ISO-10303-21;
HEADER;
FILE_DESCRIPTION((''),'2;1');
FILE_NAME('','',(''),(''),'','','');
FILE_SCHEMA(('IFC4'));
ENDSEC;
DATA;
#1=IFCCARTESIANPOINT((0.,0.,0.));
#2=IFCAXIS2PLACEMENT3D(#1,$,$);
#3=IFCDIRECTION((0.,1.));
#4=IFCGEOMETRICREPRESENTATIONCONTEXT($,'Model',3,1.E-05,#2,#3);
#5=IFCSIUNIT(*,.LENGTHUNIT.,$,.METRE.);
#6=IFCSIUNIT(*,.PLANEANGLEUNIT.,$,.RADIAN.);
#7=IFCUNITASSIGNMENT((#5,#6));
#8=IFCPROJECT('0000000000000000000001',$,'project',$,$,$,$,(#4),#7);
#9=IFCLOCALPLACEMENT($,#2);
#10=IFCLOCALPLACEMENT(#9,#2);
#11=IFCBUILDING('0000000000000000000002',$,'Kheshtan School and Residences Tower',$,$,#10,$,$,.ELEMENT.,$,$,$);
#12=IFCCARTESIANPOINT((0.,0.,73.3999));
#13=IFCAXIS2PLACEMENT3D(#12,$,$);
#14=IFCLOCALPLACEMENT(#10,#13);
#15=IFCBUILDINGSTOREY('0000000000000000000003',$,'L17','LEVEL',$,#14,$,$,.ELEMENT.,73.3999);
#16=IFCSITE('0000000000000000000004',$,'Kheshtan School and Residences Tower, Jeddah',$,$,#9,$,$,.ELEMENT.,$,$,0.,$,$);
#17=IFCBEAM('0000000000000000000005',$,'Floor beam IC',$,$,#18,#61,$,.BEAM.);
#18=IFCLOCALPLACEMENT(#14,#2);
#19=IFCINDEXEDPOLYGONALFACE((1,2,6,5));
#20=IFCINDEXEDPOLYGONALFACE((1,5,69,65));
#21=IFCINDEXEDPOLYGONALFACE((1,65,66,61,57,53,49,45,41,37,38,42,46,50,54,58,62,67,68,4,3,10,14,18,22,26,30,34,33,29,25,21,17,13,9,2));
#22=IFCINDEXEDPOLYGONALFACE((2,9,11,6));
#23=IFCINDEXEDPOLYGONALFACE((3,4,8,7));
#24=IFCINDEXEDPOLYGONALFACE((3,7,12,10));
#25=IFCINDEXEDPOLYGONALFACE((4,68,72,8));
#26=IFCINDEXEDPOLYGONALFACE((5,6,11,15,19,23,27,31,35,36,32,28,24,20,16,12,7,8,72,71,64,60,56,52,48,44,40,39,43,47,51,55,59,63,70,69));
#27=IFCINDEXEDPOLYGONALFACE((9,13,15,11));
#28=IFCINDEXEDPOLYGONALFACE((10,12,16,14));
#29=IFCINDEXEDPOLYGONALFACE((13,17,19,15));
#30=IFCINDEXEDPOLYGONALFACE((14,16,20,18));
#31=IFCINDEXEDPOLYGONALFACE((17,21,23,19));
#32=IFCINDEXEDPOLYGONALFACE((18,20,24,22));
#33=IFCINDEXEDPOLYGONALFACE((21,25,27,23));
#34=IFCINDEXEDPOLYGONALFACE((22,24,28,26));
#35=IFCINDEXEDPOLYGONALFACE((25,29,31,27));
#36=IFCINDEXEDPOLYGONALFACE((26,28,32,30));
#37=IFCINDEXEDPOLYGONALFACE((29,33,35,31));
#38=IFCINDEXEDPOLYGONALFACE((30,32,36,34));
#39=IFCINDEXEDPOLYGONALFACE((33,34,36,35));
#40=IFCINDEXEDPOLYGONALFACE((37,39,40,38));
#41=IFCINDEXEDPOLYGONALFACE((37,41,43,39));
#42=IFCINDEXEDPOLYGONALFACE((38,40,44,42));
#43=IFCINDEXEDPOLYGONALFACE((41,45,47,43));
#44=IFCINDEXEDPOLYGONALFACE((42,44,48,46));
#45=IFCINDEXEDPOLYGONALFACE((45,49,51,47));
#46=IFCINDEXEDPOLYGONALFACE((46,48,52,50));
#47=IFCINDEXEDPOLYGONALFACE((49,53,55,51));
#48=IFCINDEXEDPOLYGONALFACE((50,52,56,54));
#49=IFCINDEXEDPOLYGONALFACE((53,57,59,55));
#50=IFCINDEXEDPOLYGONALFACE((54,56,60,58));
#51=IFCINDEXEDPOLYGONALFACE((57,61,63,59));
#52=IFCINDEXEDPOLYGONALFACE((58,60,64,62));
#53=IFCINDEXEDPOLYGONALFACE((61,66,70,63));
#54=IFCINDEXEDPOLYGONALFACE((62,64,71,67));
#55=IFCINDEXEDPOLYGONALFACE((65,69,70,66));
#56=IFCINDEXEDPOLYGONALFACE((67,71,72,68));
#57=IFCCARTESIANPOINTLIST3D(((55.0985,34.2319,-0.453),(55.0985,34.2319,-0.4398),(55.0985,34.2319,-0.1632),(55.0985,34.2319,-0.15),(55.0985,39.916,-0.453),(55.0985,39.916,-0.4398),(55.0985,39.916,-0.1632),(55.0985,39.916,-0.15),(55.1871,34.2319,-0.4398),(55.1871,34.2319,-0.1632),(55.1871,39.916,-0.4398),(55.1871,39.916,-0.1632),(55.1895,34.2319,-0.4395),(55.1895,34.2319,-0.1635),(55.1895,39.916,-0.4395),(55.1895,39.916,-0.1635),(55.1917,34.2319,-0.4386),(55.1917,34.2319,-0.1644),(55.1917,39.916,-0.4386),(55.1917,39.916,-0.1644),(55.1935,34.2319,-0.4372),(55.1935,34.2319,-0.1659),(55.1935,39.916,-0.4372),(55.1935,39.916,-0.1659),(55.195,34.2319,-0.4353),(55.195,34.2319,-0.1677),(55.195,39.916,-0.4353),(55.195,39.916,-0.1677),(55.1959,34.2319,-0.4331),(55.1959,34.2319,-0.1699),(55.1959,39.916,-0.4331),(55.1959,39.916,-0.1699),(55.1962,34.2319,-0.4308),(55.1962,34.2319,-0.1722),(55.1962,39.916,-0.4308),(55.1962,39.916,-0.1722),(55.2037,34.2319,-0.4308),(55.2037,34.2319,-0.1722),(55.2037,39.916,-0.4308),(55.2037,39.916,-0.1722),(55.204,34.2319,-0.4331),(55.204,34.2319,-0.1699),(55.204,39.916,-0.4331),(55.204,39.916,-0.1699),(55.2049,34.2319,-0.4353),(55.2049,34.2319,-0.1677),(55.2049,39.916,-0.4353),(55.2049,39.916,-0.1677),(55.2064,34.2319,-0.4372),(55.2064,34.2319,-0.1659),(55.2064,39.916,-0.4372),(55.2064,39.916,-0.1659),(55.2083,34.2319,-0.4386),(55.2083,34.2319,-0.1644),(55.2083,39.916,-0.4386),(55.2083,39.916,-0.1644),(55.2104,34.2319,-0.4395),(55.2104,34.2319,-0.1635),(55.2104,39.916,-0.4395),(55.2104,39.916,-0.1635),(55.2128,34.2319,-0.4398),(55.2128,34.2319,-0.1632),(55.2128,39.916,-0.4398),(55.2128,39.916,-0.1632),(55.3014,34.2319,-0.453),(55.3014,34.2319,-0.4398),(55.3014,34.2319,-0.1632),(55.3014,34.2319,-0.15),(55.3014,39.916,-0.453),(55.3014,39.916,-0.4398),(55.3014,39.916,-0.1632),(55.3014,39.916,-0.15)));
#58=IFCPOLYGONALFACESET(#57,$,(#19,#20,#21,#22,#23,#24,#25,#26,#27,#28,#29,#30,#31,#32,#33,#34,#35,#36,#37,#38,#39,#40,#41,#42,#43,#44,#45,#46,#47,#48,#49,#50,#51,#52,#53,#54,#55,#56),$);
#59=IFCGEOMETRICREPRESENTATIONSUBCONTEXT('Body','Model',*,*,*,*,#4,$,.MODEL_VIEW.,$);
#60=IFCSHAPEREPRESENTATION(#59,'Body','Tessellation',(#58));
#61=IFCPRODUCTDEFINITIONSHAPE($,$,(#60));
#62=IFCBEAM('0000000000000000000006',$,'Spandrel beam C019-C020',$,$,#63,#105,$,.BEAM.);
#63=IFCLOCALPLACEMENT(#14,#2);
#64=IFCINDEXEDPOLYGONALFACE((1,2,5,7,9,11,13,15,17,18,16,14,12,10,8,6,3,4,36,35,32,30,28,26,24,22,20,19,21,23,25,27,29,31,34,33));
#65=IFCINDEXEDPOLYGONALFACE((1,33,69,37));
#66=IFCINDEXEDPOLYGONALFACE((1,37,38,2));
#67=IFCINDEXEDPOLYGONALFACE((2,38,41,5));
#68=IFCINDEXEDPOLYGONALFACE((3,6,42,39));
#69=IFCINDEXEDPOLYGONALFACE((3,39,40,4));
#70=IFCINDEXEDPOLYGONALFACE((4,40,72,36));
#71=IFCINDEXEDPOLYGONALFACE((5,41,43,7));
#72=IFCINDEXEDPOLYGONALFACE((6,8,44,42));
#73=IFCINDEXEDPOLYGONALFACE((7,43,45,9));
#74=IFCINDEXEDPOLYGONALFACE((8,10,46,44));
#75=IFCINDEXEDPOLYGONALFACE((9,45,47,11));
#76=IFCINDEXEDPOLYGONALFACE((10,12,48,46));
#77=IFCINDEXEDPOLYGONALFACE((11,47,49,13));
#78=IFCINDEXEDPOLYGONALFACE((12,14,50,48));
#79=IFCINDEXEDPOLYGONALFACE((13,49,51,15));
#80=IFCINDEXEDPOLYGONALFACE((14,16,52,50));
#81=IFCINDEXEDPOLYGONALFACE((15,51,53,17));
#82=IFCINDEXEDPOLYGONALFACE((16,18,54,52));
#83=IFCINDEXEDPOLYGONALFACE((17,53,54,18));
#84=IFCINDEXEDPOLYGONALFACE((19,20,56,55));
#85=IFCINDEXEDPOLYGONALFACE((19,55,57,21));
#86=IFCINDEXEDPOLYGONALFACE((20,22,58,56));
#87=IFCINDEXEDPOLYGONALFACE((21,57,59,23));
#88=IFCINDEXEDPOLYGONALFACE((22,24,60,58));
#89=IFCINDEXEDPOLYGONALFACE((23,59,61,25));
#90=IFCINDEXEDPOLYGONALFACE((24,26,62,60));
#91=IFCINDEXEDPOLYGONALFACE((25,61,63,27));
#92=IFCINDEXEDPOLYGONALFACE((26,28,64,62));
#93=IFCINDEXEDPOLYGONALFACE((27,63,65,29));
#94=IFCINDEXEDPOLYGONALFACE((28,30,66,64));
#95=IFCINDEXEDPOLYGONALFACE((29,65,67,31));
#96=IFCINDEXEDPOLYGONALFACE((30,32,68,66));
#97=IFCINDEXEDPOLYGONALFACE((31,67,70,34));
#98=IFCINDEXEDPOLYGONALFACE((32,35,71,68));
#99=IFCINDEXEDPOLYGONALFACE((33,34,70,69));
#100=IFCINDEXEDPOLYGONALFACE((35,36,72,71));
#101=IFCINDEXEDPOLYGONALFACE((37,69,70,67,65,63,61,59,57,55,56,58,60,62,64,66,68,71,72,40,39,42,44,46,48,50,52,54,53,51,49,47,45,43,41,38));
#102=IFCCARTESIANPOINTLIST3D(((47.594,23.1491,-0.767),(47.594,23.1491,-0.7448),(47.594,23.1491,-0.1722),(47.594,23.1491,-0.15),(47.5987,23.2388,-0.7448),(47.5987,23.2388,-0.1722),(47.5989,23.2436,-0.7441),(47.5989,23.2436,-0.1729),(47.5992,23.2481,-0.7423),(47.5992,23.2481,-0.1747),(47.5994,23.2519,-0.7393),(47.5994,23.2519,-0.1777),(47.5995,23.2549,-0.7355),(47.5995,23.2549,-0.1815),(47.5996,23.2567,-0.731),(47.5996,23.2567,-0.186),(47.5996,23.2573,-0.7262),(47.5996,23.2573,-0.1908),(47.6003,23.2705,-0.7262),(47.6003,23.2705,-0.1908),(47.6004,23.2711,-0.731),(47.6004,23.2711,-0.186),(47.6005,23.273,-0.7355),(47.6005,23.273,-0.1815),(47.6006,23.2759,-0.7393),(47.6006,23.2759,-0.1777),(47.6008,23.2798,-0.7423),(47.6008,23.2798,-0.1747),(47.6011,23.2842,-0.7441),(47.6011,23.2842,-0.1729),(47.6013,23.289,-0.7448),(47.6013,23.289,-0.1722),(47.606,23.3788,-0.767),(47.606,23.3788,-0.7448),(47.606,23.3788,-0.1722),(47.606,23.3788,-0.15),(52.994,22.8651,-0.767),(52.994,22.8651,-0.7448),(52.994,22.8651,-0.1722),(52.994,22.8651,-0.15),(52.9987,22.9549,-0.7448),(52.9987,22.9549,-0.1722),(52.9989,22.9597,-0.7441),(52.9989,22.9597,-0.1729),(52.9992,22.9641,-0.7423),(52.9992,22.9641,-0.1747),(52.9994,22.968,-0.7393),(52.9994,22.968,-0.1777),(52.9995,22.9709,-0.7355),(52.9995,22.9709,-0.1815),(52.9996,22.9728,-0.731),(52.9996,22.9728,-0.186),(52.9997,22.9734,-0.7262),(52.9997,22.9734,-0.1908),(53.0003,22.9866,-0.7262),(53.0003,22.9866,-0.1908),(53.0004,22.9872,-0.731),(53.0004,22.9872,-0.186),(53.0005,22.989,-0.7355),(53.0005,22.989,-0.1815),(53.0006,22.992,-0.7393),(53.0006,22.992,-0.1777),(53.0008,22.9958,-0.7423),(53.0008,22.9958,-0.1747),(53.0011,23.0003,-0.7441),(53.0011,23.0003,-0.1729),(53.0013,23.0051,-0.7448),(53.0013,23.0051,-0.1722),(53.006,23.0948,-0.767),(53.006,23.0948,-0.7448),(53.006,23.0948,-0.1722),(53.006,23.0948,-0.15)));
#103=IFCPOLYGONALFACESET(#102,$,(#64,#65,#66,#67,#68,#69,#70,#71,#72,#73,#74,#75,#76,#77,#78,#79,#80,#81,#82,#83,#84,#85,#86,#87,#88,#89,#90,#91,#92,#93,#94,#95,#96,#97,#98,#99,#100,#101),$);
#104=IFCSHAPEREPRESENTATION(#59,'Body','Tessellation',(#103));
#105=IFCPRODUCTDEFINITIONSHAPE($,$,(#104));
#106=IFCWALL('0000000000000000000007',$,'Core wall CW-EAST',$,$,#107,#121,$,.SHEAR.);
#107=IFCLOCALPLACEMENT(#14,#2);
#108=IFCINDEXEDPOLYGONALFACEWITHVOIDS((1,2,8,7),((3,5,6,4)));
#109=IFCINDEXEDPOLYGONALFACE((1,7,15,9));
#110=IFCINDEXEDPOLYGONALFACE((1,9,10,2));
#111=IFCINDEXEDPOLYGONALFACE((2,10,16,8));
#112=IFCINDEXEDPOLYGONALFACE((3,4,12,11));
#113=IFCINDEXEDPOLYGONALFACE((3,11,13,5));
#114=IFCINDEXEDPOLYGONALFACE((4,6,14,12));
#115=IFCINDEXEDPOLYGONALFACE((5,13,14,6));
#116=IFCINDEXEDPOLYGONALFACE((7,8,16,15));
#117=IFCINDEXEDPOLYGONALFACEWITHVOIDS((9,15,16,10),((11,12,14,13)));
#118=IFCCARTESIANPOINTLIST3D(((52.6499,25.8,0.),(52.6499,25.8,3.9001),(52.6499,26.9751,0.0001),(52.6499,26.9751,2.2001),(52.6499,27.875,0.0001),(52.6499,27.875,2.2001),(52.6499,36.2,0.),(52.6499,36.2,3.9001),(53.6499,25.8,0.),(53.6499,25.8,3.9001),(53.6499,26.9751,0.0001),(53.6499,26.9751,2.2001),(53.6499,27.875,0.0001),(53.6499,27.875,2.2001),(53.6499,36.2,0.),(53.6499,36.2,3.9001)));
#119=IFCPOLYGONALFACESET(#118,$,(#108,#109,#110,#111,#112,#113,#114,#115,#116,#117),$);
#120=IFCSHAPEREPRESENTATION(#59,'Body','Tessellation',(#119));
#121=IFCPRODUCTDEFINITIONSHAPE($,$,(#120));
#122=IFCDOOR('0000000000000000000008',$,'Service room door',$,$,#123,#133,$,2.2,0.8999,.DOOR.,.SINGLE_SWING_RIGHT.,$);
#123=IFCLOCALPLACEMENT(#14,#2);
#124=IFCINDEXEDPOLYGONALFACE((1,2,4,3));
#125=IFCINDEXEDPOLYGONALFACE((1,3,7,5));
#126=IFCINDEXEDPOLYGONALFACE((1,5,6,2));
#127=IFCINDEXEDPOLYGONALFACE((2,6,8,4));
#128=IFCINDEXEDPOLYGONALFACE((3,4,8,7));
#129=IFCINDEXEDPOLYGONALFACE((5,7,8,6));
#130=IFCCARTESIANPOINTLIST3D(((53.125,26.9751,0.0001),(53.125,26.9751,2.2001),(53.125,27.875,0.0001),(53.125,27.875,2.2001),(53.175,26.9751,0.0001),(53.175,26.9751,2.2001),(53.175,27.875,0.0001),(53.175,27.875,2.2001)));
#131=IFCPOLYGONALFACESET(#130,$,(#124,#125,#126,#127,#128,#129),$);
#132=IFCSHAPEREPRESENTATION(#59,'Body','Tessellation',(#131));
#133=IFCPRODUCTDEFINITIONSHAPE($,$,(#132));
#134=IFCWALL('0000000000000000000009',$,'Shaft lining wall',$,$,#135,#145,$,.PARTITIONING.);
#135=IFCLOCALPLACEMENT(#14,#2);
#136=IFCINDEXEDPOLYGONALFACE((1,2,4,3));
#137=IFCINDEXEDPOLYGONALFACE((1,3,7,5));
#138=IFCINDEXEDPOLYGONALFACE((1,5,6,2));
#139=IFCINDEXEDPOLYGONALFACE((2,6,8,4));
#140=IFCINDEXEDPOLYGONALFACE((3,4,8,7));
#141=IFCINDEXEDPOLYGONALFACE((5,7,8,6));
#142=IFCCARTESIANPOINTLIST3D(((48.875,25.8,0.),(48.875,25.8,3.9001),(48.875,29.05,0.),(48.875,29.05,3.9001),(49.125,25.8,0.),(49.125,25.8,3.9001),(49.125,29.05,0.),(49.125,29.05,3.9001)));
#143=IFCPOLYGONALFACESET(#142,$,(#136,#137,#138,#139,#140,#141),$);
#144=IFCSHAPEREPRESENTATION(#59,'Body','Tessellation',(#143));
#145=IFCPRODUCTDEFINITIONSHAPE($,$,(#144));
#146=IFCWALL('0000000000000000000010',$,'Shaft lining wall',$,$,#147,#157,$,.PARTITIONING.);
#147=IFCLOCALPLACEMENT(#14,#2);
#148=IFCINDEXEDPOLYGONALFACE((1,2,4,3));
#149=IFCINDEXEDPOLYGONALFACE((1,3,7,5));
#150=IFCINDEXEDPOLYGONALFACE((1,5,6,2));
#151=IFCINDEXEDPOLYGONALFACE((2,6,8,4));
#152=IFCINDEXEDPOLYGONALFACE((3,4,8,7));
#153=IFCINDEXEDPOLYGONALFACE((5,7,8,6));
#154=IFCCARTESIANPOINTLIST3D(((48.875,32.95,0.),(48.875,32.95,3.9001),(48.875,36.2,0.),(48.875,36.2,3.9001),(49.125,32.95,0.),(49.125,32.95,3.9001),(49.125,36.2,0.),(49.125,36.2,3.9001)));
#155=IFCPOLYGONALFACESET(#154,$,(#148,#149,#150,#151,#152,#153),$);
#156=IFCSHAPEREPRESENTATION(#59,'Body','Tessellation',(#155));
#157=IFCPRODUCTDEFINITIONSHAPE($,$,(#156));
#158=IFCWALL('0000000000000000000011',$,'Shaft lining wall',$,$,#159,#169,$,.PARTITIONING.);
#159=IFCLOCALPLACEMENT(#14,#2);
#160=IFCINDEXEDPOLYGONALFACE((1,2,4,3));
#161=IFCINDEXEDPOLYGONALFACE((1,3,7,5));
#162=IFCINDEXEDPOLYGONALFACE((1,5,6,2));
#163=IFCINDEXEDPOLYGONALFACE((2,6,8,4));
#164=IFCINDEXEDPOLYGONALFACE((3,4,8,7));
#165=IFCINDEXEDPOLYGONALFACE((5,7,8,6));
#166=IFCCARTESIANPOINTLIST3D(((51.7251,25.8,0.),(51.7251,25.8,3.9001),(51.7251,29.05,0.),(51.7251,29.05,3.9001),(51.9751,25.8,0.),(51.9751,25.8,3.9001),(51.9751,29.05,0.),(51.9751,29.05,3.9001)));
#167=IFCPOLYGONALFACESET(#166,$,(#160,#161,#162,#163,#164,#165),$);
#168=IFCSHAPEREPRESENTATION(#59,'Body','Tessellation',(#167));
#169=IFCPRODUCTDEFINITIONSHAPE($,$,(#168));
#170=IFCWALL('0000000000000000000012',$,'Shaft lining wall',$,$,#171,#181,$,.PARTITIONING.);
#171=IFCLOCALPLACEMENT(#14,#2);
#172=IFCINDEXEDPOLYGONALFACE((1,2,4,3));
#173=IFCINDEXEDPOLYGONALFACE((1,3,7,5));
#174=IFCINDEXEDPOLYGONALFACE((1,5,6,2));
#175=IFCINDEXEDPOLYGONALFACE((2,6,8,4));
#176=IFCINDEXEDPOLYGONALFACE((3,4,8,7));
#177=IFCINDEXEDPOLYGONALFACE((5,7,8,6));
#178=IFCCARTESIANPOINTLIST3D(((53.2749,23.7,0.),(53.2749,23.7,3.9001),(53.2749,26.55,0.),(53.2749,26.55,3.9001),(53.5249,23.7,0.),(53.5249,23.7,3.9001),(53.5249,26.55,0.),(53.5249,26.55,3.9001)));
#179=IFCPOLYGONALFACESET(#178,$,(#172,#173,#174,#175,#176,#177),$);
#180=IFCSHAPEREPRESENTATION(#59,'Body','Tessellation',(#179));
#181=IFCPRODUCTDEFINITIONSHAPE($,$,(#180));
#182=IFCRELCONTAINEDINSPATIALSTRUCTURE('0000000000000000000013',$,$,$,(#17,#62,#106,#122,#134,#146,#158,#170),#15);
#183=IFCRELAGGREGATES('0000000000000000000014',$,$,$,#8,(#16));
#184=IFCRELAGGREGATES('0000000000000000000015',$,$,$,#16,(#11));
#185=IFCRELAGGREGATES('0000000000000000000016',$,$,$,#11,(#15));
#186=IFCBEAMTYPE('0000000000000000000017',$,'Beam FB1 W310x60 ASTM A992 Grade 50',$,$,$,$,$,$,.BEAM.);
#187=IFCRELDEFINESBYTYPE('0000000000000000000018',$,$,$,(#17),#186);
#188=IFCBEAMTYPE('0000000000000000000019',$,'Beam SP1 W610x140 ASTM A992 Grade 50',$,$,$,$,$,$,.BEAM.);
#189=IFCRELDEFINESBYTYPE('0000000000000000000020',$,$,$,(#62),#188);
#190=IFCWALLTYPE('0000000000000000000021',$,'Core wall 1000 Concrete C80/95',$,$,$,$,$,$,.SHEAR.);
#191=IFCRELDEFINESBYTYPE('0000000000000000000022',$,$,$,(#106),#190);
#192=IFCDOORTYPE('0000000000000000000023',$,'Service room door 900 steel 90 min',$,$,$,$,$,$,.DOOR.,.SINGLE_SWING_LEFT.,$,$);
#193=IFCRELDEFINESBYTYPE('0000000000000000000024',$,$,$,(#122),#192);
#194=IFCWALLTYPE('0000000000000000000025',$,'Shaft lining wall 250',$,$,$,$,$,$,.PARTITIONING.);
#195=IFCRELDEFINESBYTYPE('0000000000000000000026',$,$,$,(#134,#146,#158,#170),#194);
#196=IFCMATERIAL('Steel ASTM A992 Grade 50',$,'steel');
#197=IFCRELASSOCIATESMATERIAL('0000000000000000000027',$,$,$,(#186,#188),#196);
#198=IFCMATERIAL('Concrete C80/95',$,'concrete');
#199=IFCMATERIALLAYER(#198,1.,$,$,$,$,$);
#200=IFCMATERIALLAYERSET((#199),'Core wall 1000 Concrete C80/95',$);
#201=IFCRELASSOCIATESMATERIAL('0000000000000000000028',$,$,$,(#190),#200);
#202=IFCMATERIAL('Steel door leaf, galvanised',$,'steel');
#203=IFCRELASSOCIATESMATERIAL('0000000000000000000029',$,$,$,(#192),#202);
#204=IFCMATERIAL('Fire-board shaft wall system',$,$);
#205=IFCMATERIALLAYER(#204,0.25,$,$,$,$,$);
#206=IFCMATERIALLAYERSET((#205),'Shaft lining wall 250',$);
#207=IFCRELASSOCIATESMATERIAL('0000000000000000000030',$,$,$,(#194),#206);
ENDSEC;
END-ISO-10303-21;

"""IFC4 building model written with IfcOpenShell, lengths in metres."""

from ifc_helpers import new_model, si_unit, direction, frame, frame_2d, origin, origin_2d, place, context, subcontext, project, spatial, rectangle, i_section, extrude, source, transform, mapped, material, layer, layer_set, material_profile, profile_set, type_object, element, fill, save


model = new_model("IFC4")

# Units and contexts
model_context = context("Model", 3, precision=1e-05, world=origin(), true_north=direction((0.0, 1.0)))
body_context = subcontext(model_context, "Body", "Model", "MODEL_VIEW")
ifc_project = project(units=[si_unit("LENGTHUNIT", "METRE"), si_unit("PLANEANGLEUNIT", "RADIAN")], contexts=[model_context])

# Site, building, storey
site_placement = place(None, origin())
site = spatial("IfcSite", under=ifc_project, at=site_placement, Name="Kheshtan School and Residences Tower, Jeddah", CompositionType="ELEMENT", RefElevation=0.0)
building_placement = place(site_placement, origin())
building = spatial("IfcBuilding", under=site, at=building_placement, Name="Kheshtan School and Residences Tower", CompositionType="ELEMENT")
storey_placement = place(building_placement, frame((0.0, 0.0, 73.3999)))
storey = spatial("IfcBuildingStorey", under=building, at=storey_placement, Name="L17", Description="LEVEL", CompositionType="ELEMENT", Elevation=73.3999)

# Shared definitions
ifc_material_1 = material(Name="Steel ASTM A992 Grade 50", Category="steel")

# Beams
ifc_material_profile_1 = material_profile(ifc_material_1, i_section(OverallWidth=0.2029, OverallDepth=0.303, WebThickness=0.0076, FlangeThickness=0.0132, FilletRadius=0.009, at=origin_2d()), Name="W310x60")
ifc_profile_set_1 = profile_set([ifc_material_profile_1], Name="Steel ASTM A992 Grade 50")
beam_type_1 = type_object("IfcBeamType", Name="Beam FB1 W310x60 ASTM A992 Grade 50", PredefinedType="BEAM", material=ifc_profile_set_1)
beam_1_placement = place(storey_placement, frame((55.2, 34.2319, -0.3015), z_axis=(0.0, 1.0, 0.0), x_axis=(-1.0, 0.0, 0.0)))
element("IfcBeam", 1, at=beam_1_placement, inside=storey, type_object=beam_type_1, Name="Floor beam IC", PredefinedType="BEAM", context=body_context, shape_type="SweptSolid", body=[
    extrude(i_section(OverallWidth=0.2029, OverallDepth=0.303, WebThickness=0.0076, FlangeThickness=0.0132, FilletRadius=0.009, at=origin_2d()), origin(), (0.0, 0.0, 1.0), 5.6841),
])
ifc_material_profile_2 = material_profile(ifc_material_1, i_section(OverallWidth=0.23, OverallDepth=0.6169, WebThickness=0.0132, FlangeThickness=0.0222, FilletRadius=0.0186, at=origin_2d()), Name="W610x140")
ifc_profile_set_2 = profile_set([ifc_material_profile_2], Name="Steel ASTM A992 Grade 50")
beam_type_2 = type_object("IfcBeamType", Name="Beam SP1 W610x140 ASTM A992 Grade 50", PredefinedType="BEAM", material=ifc_profile_set_2)
beam_2_placement = place(storey_placement, frame((53.0, 22.98, -0.4585), z_axis=(-0.99862, 0.052509, 0.0), x_axis=(-0.052509, -0.99862, 0.0)))
element("IfcBeam", 2, at=beam_2_placement, inside=storey, type_object=beam_type_2, Name="Spandrel beam C019-C020", PredefinedType="BEAM", context=body_context, shape_type="SweptSolid", body=[
    extrude(i_section(OverallWidth=0.23, OverallDepth=0.6169, WebThickness=0.0132, FlangeThickness=0.0222, FilletRadius=0.0186, at=origin_2d()), origin(), (0.0, 0.0, 1.0), 5.4075),
])

# Wall, opening, door
ifc_material_2 = material(Name="Concrete C80/95", Category="concrete")
ifc_layer_1 = layer(ifc_material_2, 1.0)
ifc_layer_set_1 = layer_set([ifc_layer_1], Name="Core wall 1000 Concrete C80/95")
wall_type_1 = type_object("IfcWallType", Name="Core wall 1000 Concrete C80/95", PredefinedType="SHEAR", material=ifc_layer_set_1)
wall_1_placement = place(storey_placement, frame((53.1499, 25.8, 0.0), z_axis=(0.0, 0.0, 1.0), x_axis=(0.0, 1.0, 0.0)))
wall_1 = element("IfcWall", 3, at=wall_1_placement, inside=storey, type_object=wall_type_1, Name="Core wall CW-EAST", PredefinedType="SHEAR", context=body_context, shape_type="SweptSolid", body=[
    extrude(rectangle(XDim=10.3999, YDim=1.0, at=frame_2d((5.2, 0.0))), origin(), (0.0, 0.0, 1.0), 3.9001),
])
opening_1_placement = place(wall_1_placement, frame((1.175, 0.0, 0.0)))
opening_1 = element("IfcOpeningElement", 4, at=opening_1_placement, cuts=wall_1, PredefinedType="OPENING", context=body_context, shape_type="SweptSolid", body=[
    extrude(rectangle(XDim=0.8999, YDim=2.2, at=frame_2d((0.45, 1.1001))), frame((0.0, 0.51, 0.0), z_axis=(0.0, -1.0, 0.0), x_axis=(1.0, 0.0, 0.0)), (0.0, 0.0, 1.0), 1.02),
])
ifc_material_3 = material(Name="Steel door leaf, galvanised", Category="steel")
door_type_1 = type_object("IfcDoorType", Name="Service room door 900 steel 90 min", OperationType="SINGLE_SWING_LEFT", PredefinedType="DOOR", material=ifc_material_3)
shared_shape_1 = source(origin(), body_context, "Body", "SweptSolid", [
    extrude(rectangle(XDim=0.8999, YDim=2.2, at=frame_2d((0.45, 1.1001))), frame((0.0, 0.0249, 0.0), z_axis=(0.0, -1.0, 0.0), x_axis=(1.0, 0.0, 0.0)), (0.0, 0.0, 1.0), 0.05),
])
door_1_placement = place(opening_1_placement, origin())
door_1 = element("IfcDoor", 5, at=door_1_placement, inside=storey, type_object=door_type_1, Name="Service room door", OperationType="SINGLE_SWING_RIGHT", OverallHeight=2.2, OverallWidth=0.8999, PredefinedType="DOOR", context=body_context, shape_type="MappedRepresentation", body=[
    mapped(shared_shape_1, transform((0.0, 0.0, 0.0), x_axis=(1.0, 0.0, 0.0), y_axis=(0.0, 1.0, 0.0), z_axis=(0.0, 0.0, 1.0), scale=1.0)),
])
fill(opening_1, door_1)

# Walls
ifc_material_4 = material(Name="Fire-board shaft wall system")
ifc_layer_2 = layer(ifc_material_4, 0.25)
ifc_layer_set_2 = layer_set([ifc_layer_2], Name="Shaft lining wall 250")
wall_type_2 = type_object("IfcWallType", Name="Shaft lining wall 250", PredefinedType="PARTITIONING", material=ifc_layer_set_2)
for number, where, z_axis, x_axis, name in (
    (6, (49.0, 25.8, 0.0), (0.0, 0.0, 1.0), (0.0, 1.0, 0.0), "Shaft lining wall"),
    (7, (49.0, 32.95, 0.0), (0.0, 0.0, 1.0), (0.0, 1.0, 0.0), "Shaft lining wall"),
    (8, (51.8501, 25.8, 0.0), (0.0, 0.0, 1.0), (0.0, 1.0, 0.0), "Shaft lining wall"),
):
    element("IfcWall", number, at=place(storey_placement, frame(where, z_axis=z_axis, x_axis=x_axis)), inside=storey, type_object=wall_type_2, Name=name, PredefinedType="PARTITIONING", context=body_context, shape_type="SweptSolid", body=[
        extrude(rectangle(XDim=3.25, YDim=0.25, at=frame_2d((1.625, 0.0))), origin(), (0.0, 0.0, 1.0), 3.9001),
    ])
wall_2_placement = place(storey_placement, frame((53.3999, 23.7, 0.0), z_axis=(0.0, 0.0, 1.0), x_axis=(0.0, 1.0, 0.0)))
element("IfcWall", 9, at=wall_2_placement, inside=storey, type_object=wall_type_2, Name="Shaft lining wall", PredefinedType="PARTITIONING", context=body_context, shape_type="SweptSolid", body=[
    extrude(rectangle(XDim=2.8501, YDim=0.25, at=frame_2d((1.425, 0.0))), origin(), (0.0, 0.0, 1.0), 3.9001),
])

save(model, "model.ifc")
